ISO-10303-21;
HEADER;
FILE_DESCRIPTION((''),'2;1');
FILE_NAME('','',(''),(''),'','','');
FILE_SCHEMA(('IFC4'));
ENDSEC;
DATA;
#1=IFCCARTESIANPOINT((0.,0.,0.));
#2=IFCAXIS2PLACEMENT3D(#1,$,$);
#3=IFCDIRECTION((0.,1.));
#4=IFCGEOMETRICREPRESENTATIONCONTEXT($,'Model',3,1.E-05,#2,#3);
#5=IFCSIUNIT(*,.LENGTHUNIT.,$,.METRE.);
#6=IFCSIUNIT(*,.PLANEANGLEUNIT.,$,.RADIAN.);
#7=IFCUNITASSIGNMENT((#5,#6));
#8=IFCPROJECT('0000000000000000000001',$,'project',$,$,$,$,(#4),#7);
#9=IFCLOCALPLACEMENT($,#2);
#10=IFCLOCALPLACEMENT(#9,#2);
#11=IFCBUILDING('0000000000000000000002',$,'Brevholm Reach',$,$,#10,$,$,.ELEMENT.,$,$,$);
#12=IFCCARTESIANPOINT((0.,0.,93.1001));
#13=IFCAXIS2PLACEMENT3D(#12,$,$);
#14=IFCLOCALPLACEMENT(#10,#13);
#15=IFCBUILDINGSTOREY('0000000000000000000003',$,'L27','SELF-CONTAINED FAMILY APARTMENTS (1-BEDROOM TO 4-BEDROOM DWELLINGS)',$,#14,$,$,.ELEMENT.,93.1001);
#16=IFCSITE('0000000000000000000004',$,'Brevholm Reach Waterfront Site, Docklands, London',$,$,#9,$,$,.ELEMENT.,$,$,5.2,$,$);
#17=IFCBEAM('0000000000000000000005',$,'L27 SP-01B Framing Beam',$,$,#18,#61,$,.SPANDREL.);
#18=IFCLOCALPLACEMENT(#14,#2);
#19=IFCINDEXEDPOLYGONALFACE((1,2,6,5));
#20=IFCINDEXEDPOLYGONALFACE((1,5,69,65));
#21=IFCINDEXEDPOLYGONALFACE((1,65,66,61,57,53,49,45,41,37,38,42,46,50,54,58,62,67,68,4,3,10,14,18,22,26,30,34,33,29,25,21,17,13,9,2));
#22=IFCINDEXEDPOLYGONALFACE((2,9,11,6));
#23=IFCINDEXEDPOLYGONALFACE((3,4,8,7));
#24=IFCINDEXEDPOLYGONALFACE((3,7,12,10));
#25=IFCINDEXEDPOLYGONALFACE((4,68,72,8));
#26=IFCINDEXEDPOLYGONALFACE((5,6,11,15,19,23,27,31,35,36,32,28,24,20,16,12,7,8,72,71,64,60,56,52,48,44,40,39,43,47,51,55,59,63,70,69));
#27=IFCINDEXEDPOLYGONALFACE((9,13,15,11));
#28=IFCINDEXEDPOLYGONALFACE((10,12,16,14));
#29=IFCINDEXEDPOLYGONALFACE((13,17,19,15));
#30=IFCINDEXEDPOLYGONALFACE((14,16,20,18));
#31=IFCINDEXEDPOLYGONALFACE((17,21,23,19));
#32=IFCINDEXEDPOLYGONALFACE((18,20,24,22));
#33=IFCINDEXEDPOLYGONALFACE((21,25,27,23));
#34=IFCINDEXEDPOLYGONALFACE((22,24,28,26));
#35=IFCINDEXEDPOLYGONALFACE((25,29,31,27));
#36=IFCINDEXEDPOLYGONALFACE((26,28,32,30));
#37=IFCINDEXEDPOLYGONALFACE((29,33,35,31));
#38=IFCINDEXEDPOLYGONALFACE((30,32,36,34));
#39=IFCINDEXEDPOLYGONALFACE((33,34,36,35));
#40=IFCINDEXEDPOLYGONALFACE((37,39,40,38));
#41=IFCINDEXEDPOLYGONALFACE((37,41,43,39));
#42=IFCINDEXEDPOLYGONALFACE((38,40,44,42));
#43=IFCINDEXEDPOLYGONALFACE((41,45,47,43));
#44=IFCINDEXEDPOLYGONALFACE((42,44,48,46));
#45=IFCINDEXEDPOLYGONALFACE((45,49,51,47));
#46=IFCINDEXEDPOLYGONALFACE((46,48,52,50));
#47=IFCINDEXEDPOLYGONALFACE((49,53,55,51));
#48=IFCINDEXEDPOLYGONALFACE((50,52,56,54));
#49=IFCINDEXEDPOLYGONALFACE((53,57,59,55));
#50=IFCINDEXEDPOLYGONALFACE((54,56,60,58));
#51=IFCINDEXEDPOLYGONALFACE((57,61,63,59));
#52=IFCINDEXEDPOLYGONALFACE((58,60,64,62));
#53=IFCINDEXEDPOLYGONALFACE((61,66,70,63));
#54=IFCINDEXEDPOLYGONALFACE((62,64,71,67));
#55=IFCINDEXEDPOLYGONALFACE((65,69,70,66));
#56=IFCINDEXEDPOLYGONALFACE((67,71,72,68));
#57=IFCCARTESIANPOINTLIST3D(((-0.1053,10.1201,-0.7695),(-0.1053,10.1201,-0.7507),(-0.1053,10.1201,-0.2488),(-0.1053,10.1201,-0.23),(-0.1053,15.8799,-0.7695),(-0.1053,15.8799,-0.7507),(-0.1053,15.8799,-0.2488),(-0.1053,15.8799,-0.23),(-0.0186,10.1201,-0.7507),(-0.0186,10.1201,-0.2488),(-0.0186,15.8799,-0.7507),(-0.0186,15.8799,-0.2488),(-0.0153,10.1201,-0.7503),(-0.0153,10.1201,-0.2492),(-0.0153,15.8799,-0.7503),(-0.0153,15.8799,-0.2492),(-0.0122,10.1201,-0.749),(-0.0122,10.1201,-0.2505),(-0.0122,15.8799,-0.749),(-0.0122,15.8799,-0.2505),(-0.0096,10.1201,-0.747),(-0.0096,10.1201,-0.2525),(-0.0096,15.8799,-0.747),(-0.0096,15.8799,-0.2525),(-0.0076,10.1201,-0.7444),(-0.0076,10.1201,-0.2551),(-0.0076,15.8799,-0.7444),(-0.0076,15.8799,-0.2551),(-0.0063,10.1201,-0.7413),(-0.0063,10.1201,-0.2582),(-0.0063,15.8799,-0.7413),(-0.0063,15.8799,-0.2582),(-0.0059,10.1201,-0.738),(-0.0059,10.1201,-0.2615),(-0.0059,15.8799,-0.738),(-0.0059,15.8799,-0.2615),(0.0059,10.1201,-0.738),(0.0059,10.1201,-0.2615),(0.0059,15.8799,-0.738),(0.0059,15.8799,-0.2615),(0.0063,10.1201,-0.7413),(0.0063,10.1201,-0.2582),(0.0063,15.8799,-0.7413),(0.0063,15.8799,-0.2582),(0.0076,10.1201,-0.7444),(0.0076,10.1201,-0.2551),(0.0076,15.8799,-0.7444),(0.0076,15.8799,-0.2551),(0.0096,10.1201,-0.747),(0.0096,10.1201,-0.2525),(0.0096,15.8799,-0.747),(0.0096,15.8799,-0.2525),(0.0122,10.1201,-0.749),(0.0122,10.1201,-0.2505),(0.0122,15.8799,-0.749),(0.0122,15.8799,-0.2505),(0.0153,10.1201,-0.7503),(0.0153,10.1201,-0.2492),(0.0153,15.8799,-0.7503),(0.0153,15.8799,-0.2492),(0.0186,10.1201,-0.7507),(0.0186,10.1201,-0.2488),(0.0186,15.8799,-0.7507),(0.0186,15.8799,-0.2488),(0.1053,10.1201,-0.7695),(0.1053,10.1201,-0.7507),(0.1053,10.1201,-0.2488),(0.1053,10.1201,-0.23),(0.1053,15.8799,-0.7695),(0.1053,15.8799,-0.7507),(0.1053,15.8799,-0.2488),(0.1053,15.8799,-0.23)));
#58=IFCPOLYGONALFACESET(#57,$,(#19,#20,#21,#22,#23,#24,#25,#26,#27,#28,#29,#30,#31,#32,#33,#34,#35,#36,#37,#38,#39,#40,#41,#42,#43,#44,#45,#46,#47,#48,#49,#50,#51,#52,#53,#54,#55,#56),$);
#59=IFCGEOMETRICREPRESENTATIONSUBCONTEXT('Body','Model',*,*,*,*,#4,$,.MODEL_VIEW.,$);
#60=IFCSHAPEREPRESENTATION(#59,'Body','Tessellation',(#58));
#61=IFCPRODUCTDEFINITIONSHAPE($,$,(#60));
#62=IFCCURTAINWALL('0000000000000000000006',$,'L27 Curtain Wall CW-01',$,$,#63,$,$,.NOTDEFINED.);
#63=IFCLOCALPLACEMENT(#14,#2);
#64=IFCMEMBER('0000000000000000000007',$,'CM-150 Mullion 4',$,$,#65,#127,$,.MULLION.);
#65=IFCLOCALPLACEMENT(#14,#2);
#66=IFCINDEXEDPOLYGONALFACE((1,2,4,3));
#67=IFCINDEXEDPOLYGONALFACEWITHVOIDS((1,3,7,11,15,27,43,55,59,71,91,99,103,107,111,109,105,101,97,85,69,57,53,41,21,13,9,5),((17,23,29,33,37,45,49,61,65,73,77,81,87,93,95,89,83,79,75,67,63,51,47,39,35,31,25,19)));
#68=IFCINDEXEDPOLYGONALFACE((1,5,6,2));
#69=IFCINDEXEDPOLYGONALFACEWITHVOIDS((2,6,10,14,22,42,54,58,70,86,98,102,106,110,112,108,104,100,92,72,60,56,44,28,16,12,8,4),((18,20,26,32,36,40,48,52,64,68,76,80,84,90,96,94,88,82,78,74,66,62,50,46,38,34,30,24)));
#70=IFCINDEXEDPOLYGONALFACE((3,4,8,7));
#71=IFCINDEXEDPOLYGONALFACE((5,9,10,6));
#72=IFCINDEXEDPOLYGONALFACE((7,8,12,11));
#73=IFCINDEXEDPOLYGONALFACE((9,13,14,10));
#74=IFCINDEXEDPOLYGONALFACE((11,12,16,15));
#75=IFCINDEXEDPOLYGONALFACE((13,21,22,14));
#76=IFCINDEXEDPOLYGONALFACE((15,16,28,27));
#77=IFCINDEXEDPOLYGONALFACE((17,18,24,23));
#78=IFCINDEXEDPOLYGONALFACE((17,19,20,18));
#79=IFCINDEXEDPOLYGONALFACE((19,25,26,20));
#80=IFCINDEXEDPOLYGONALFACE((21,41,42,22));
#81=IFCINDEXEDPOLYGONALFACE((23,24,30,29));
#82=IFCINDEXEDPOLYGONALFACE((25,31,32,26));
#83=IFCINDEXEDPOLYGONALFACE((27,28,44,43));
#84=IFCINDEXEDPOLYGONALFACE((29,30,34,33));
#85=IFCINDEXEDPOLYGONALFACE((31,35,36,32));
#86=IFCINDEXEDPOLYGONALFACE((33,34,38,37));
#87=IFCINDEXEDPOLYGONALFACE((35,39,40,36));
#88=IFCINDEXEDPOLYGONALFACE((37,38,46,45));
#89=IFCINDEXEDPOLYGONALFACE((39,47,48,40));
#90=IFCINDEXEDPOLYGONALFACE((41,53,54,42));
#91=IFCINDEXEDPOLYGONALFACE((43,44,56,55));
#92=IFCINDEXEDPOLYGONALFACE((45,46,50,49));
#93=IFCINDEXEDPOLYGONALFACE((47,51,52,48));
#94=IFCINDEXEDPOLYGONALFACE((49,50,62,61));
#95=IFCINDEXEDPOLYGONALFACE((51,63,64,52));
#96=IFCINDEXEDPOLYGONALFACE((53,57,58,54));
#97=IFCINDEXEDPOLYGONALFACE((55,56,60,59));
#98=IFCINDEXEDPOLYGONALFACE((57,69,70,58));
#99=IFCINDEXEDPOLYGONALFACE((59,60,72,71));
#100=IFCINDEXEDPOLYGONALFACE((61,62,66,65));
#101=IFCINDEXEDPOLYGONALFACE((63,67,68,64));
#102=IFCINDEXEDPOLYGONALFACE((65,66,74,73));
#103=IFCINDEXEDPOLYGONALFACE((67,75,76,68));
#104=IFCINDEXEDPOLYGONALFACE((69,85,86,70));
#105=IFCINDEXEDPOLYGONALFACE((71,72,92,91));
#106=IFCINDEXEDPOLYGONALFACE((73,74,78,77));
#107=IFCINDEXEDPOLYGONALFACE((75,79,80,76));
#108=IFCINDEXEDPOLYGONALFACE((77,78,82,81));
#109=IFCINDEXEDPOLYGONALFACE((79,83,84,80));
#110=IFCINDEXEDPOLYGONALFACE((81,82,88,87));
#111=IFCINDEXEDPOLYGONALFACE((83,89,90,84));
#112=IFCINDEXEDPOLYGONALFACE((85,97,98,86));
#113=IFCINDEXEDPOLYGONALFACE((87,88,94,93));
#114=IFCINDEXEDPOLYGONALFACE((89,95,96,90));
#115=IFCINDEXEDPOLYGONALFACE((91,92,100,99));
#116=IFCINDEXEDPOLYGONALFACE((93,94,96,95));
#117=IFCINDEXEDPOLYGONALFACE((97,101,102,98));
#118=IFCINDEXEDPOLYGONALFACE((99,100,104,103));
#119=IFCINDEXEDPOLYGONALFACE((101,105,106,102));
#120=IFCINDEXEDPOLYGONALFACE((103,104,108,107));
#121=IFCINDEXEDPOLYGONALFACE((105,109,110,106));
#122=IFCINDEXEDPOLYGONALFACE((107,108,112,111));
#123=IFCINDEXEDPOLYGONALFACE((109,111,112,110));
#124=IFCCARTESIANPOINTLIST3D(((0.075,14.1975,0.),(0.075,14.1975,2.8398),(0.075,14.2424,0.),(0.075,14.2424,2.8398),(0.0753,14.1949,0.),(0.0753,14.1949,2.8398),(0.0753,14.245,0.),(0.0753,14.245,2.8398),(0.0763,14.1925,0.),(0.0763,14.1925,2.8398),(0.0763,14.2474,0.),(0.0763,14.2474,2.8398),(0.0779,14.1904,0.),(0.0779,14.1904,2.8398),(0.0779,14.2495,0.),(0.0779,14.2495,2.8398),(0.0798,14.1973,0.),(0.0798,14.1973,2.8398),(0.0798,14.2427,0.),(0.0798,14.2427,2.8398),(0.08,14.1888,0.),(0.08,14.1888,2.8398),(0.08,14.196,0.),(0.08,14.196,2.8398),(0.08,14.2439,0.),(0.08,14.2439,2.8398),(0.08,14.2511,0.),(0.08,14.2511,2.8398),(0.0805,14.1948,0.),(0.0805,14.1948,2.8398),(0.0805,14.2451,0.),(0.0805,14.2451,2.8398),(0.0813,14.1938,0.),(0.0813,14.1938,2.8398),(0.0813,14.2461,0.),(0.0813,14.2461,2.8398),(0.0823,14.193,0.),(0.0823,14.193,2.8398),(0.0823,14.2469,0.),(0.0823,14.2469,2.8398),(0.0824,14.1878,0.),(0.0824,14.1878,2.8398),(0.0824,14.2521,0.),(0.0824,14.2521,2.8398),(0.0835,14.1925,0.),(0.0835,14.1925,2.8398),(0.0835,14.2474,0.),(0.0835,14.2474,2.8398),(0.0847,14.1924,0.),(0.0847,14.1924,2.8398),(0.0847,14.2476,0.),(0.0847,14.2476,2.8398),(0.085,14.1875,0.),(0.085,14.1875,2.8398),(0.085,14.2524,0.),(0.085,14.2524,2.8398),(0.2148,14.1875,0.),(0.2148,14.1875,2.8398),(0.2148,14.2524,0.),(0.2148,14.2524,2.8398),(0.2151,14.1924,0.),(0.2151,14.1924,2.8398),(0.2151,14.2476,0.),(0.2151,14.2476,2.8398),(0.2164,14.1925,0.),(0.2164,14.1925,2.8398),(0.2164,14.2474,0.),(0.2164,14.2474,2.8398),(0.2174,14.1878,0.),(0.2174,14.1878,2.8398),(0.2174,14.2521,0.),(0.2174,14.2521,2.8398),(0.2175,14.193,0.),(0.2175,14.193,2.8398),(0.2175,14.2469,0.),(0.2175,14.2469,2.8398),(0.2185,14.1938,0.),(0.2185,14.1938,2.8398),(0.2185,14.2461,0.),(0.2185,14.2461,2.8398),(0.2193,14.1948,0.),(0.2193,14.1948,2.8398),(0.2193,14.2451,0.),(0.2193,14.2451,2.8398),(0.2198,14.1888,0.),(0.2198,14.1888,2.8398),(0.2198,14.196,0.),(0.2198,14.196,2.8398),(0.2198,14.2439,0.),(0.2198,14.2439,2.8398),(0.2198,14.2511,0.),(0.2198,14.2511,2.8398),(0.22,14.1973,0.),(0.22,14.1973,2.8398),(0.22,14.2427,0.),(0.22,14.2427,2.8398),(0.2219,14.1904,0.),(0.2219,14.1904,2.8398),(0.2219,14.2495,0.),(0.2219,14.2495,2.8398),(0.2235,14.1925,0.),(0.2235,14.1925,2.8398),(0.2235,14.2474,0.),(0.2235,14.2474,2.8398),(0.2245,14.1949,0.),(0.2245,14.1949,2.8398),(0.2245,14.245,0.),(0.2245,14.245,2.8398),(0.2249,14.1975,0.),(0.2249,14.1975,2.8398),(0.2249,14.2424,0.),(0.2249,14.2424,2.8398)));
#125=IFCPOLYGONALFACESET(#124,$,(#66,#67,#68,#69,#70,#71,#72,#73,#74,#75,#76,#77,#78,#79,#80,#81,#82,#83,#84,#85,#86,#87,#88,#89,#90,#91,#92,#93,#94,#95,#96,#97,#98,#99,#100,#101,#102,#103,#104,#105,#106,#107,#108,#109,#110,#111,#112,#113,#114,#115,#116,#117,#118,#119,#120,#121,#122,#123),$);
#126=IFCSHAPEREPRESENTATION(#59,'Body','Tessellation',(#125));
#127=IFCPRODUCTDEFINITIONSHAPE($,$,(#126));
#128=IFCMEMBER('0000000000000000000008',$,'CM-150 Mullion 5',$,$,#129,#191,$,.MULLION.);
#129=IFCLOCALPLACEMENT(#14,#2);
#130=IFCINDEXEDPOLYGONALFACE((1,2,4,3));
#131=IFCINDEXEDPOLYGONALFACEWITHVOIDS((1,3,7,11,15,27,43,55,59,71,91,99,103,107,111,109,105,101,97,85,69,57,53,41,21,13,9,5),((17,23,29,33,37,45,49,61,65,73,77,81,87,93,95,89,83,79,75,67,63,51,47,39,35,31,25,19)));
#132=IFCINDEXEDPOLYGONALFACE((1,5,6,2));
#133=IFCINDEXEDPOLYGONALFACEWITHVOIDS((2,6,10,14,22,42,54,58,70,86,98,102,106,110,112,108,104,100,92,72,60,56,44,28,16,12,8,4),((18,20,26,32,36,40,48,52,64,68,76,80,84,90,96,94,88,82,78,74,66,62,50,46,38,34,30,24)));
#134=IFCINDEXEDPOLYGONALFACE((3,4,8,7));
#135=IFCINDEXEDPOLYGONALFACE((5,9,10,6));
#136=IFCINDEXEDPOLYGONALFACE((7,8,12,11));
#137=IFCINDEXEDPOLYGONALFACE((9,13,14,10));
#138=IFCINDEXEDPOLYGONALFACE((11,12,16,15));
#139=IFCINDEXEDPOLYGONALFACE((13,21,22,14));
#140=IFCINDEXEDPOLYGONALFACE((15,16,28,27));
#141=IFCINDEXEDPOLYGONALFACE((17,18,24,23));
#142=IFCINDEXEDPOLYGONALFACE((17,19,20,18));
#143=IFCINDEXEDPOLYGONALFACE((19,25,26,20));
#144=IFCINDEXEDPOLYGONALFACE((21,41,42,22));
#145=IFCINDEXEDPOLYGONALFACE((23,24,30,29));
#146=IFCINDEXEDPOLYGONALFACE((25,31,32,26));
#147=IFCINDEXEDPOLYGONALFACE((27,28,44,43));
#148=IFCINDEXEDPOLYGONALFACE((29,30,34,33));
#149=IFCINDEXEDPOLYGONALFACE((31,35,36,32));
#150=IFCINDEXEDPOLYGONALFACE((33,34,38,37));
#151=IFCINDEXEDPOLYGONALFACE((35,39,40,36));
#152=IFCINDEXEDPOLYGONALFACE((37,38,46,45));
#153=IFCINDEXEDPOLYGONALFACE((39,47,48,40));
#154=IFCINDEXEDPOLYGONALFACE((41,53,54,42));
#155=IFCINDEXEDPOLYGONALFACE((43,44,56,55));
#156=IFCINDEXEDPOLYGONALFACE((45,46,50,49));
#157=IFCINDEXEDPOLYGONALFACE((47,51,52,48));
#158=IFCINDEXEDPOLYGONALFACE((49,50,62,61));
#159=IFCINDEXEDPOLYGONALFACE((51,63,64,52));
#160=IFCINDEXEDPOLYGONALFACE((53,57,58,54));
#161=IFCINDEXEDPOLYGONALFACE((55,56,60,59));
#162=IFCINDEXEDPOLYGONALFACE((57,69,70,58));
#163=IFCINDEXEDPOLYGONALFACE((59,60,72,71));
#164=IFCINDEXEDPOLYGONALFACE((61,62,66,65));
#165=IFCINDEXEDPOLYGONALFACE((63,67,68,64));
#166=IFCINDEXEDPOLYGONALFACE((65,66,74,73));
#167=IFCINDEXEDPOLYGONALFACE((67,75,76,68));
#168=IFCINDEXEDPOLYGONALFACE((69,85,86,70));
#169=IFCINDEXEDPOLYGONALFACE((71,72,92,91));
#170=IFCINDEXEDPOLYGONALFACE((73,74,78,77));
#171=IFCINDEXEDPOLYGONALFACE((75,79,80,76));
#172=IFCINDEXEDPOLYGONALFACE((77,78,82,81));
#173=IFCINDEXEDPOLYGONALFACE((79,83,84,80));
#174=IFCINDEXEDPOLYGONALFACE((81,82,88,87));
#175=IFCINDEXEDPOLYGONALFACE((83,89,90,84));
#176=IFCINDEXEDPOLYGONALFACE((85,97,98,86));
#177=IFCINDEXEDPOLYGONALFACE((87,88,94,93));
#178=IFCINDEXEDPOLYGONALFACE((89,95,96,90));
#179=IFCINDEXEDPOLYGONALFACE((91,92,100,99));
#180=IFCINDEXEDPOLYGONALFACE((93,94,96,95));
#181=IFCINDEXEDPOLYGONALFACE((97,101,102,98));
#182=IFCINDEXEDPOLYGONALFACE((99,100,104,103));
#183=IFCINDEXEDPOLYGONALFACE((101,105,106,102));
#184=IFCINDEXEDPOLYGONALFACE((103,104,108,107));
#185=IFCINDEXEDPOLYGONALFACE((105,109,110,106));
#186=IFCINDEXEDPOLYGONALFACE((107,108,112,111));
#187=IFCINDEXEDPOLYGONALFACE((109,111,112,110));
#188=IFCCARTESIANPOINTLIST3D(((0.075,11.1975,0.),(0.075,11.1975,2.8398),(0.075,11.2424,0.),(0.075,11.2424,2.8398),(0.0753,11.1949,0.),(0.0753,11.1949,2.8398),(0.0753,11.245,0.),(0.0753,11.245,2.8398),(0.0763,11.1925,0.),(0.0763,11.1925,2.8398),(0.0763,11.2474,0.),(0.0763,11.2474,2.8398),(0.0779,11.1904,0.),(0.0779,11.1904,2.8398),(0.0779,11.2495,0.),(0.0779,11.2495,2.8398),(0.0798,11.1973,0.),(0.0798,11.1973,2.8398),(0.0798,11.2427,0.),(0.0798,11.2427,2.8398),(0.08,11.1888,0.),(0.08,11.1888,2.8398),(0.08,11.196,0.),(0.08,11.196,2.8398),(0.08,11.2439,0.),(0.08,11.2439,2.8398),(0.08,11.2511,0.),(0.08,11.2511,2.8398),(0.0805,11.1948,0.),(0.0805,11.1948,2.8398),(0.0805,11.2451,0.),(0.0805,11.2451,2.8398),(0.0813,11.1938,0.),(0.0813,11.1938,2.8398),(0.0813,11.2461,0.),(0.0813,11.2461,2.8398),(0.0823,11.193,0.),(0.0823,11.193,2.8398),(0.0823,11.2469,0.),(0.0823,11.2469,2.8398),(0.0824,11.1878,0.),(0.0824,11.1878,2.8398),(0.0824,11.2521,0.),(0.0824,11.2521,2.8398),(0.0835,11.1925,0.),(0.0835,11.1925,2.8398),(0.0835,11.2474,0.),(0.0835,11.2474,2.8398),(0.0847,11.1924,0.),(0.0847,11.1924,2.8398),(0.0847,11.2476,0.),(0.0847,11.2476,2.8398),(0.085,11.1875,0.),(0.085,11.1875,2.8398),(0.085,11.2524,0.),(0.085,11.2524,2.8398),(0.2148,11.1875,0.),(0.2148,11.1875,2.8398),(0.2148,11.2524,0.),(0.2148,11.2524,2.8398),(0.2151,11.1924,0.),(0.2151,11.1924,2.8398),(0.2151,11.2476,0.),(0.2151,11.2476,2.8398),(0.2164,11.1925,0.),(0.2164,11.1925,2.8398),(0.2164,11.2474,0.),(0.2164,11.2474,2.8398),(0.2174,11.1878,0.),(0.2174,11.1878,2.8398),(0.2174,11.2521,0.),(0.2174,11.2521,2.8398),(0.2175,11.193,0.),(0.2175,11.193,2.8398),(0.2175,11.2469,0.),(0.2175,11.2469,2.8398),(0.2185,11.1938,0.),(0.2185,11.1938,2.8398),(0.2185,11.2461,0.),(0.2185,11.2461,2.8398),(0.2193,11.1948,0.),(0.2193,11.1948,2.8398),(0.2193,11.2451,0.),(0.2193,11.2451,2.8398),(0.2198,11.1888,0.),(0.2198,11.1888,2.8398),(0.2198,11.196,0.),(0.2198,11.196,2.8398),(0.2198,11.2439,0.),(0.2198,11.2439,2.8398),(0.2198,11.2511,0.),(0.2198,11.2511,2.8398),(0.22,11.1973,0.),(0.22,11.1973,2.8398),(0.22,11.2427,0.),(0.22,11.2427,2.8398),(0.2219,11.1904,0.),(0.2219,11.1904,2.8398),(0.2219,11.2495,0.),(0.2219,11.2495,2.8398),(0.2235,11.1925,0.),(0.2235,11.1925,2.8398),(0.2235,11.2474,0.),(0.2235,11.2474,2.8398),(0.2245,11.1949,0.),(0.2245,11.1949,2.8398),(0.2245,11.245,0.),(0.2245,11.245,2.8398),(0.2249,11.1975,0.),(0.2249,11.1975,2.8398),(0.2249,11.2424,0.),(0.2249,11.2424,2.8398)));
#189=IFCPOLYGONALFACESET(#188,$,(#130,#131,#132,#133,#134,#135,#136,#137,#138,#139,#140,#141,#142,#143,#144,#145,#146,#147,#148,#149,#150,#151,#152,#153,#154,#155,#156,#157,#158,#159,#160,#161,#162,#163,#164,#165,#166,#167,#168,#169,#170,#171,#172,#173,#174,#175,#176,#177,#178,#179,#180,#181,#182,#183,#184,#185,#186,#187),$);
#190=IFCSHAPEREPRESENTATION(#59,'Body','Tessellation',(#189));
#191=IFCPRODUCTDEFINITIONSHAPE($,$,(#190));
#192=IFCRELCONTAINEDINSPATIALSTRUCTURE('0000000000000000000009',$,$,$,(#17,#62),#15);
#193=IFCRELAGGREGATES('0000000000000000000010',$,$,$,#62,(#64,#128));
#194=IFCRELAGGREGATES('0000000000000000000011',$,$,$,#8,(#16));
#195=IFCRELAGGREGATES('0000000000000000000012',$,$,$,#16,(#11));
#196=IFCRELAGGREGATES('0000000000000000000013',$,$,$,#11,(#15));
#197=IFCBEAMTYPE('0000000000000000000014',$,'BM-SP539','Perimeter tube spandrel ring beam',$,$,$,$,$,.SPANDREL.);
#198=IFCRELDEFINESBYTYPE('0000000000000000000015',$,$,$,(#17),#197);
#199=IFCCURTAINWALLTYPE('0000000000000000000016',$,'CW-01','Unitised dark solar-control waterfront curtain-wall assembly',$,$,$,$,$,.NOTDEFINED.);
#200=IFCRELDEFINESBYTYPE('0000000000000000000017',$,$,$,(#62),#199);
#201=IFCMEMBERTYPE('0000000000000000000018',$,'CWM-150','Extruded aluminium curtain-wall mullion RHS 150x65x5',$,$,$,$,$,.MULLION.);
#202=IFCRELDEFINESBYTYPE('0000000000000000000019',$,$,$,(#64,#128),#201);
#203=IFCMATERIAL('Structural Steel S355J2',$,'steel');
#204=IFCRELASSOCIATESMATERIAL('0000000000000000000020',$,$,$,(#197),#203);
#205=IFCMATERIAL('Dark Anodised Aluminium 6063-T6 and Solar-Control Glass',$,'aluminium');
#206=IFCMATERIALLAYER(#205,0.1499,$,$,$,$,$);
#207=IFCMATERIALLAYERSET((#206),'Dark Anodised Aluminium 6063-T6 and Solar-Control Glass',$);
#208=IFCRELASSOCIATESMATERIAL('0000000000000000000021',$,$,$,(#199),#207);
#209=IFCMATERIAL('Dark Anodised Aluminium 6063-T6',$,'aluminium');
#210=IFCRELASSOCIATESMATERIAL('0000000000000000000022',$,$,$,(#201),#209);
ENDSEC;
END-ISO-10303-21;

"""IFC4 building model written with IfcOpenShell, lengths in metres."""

from ifc_helpers import new_model, si_unit, direction, frame, origin, origin_2d, place, context, subcontext, project, spatial, hollow_rectangle, i_section, extrude, material, layer, layer_set, material_profile, profile_set, type_object, element, aggregate, save


model = new_model("IFC4")

# Units and contexts
model_context = context("Model", 3, precision=1e-05, world=origin(), true_north=direction((0.0, 1.0)))
body_context = subcontext(model_context, "Body", "Model", "MODEL_VIEW")
ifc_project = project(units=[si_unit("LENGTHUNIT", "METRE"), si_unit("PLANEANGLEUNIT", "RADIAN")], contexts=[model_context])

# Site, building, storey
site_placement = place(None, origin())
site = spatial("IfcSite", under=ifc_project, at=site_placement, Name="Brevholm Reach Waterfront Site, Docklands, London", CompositionType="ELEMENT", RefElevation=5.2)
building_placement = place(site_placement, origin())
building = spatial("IfcBuilding", under=site, at=building_placement, Name="Brevholm Reach", CompositionType="ELEMENT")
storey_placement = place(building_placement, frame((0.0, 0.0, 93.1001)))
storey = spatial("IfcBuildingStorey", under=building, at=storey_placement, Name="L27", Description="SELF-CONTAINED FAMILY APARTMENTS (1-BEDROOM TO 4-BEDROOM DWELLINGS)", CompositionType="ELEMENT", Elevation=93.1001)

# Beam
ifc_material_1 = material(Name="Structural Steel S355J2", Category="steel")
ifc_material_profile_1 = material_profile(ifc_material_1, i_section(OverallWidth=0.2107, OverallDepth=0.5396, WebThickness=0.0117, FlangeThickness=0.0188, FilletRadius=0.0127, at=origin_2d()), Name="UKB 533x210x109")
ifc_profile_set_1 = profile_set([ifc_material_profile_1], Name="Structural Steel S355J2")
beam_type = type_object("IfcBeamType", Name="BM-SP539", Description="Perimeter tube spandrel ring beam", PredefinedType="SPANDREL", material=ifc_profile_set_1)
beam_placement = place(storey_placement, frame((0.0, 10.1201, -0.4998), z_axis=(0.0, 1.0, 0.0), x_axis=(-1.0, 0.0, 0.0)))
element("IfcBeam", 1, at=beam_placement, inside=storey, type_object=beam_type, Name="L27 SP-01B Framing Beam", PredefinedType="SPANDREL", context=body_context, shape_type="SweptSolid", body=[
    extrude(i_section(OverallWidth=0.2107, OverallDepth=0.5396, WebThickness=0.0117, FlangeThickness=0.0188, FilletRadius=0.0127, at=origin_2d()), origin(), (0.0, 0.0, 1.0), 5.7598),
])

# Curtain wall, members
ifc_material_2 = material(Name="Dark Anodised Aluminium 6063-T6 and Solar-Control Glass", Category="aluminium")
ifc_layer_1 = layer(ifc_material_2, 0.1499)
ifc_layer_set_1 = layer_set([ifc_layer_1], Name="Dark Anodised Aluminium 6063-T6 and Solar-Control Glass")
curtain_wall_type = type_object("IfcCurtainWallType", Name="CW-01", Description="Unitised dark solar-control waterfront curtain-wall assembly", PredefinedType="NOTDEFINED", material=ifc_layer_set_1)
curtain_wall_placement = place(storey_placement, origin())
curtain_wall = element("IfcCurtainWall", 2, at=curtain_wall_placement, inside=storey, type_object=curtain_wall_type, Name="L27 Curtain Wall CW-01", PredefinedType="NOTDEFINED")
ifc_material_3 = material(Name="Dark Anodised Aluminium 6063-T6", Category="aluminium")
ifc_material_profile_2 = material_profile(ifc_material_3, hollow_rectangle(XDim=0.0649, YDim=0.1499, WallThickness=0.0049, InnerFilletRadius=0.0049, OuterFilletRadius=0.01, at=origin_2d()), Name="RHS 150x65x5")
ifc_profile_set_2 = profile_set([ifc_material_profile_2], Name="Dark Anodised Aluminium 6063-T6")
member_type_1 = type_object("IfcMemberType", Name="CWM-150", Description="Extruded aluminium curtain-wall mullion RHS 150x65x5", PredefinedType="MULLION", material=ifc_profile_set_2)
member_1_placement = place(storey_placement, frame((0.1499, 14.22, 0.0), z_axis=(0.0, 0.0, 1.0), x_axis=(0.0, -1.0, 0.0)))
member_1 = element("IfcMember", 3, at=member_1_placement, type_object=member_type_1, Name="CM-150 Mullion 4", PredefinedType="MULLION", context=body_context, shape_type="SweptSolid", body=[
    extrude(hollow_rectangle(XDim=0.0649, YDim=0.1499, WallThickness=0.0049, InnerFilletRadius=0.0049, OuterFilletRadius=0.01, at=origin_2d()), origin(), (0.0, 0.0, 1.0), 2.8398),
])
member_2_placement = place(storey_placement, frame((0.1499, 11.22, 0.0), z_axis=(0.0, 0.0, 1.0), x_axis=(0.0, -1.0, 0.0)))
member_2 = element("IfcMember", 4, at=member_2_placement, type_object=member_type_1, Name="CM-150 Mullion 5", PredefinedType="MULLION", context=body_context, shape_type="SweptSolid", body=[
    extrude(hollow_rectangle(XDim=0.0649, YDim=0.1499, WallThickness=0.0049, InnerFilletRadius=0.0049, OuterFilletRadius=0.01, at=origin_2d()), origin(), (0.0, 0.0, 1.0), 2.8398),
])
aggregate(curtain_wall, [member_1, member_2])

save(model, "model.ifc")
